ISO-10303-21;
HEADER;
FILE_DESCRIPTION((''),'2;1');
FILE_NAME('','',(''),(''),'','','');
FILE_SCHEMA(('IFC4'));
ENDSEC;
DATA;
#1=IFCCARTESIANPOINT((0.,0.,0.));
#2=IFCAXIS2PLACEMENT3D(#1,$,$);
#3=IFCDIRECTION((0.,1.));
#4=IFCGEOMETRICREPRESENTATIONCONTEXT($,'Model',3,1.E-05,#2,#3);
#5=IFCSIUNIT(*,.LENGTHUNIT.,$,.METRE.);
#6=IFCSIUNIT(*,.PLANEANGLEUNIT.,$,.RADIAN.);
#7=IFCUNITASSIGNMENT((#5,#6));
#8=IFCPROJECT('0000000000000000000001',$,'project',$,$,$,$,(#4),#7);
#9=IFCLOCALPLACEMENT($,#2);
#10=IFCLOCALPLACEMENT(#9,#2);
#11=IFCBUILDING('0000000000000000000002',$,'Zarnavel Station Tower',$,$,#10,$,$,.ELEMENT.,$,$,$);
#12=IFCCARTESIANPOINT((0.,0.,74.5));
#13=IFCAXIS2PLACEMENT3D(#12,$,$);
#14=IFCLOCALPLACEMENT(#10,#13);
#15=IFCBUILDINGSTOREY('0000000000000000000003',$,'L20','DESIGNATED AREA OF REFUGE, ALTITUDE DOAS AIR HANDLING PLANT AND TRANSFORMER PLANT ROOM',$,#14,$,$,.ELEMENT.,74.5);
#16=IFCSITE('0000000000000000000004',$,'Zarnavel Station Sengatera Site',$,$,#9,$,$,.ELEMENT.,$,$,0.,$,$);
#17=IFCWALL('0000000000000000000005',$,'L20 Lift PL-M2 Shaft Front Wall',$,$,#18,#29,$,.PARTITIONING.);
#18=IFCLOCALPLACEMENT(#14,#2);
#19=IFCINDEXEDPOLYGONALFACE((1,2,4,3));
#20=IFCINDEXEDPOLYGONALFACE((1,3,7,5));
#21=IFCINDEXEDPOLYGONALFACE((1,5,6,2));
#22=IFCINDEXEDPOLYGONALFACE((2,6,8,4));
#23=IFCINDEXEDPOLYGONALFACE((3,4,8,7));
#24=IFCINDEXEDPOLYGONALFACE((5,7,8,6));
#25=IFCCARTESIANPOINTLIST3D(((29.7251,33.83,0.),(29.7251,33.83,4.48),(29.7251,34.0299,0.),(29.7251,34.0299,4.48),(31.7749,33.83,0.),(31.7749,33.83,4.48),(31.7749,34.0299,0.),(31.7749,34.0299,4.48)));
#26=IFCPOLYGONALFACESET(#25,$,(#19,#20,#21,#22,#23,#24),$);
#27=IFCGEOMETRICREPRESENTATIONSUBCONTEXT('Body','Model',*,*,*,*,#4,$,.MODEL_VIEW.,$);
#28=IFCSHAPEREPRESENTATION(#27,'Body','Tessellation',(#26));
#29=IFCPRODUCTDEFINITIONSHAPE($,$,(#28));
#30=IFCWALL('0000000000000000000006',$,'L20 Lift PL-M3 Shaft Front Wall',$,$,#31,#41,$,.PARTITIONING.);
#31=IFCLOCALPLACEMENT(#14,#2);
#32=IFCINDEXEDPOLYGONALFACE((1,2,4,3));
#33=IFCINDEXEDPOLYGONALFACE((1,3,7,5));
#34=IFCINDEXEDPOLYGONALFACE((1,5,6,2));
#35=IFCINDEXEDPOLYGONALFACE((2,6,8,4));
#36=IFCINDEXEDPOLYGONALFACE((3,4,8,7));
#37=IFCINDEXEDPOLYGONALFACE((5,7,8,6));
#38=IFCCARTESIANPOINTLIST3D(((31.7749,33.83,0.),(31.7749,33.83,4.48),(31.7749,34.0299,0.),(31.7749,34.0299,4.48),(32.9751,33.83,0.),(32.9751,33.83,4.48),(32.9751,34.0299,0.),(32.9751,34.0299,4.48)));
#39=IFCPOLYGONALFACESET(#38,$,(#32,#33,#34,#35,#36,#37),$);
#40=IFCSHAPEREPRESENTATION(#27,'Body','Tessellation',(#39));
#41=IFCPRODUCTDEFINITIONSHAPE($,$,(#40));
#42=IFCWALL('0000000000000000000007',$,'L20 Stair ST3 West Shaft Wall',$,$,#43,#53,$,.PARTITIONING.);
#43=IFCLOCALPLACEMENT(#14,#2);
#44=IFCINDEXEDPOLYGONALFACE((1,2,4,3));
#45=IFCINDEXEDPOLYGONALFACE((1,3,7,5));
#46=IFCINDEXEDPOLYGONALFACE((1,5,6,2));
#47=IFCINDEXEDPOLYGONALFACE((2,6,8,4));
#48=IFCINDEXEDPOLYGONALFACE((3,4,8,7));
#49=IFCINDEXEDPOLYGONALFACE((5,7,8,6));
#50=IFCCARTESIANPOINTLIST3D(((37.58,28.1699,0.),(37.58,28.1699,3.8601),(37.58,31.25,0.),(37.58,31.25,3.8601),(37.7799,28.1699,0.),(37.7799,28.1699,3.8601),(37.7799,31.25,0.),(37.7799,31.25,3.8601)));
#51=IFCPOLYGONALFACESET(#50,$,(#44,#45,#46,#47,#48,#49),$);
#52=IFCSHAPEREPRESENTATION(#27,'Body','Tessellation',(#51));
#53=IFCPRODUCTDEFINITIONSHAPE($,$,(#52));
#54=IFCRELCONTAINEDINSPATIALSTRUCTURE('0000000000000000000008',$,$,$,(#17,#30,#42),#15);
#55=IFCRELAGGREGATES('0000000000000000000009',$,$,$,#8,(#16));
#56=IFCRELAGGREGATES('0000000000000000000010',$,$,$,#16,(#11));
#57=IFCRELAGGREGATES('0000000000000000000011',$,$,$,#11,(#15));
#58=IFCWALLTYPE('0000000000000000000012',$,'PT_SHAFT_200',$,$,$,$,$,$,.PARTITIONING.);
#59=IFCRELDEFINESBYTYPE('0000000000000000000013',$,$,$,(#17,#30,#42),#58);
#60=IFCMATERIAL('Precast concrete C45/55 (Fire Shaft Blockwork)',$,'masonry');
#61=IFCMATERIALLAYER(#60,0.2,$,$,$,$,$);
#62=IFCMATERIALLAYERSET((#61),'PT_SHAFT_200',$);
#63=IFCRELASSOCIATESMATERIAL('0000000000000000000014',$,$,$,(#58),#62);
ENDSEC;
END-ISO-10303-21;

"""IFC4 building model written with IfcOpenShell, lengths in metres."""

from ifc_helpers import new_model, si_unit, direction, frame, frame_2d, origin, place, context, subcontext, project, spatial, rectangle, extrude, material, layer, layer_set, type_object, element, save


model = new_model("IFC4")

# Units and contexts
model_context = context("Model", 3, precision=1e-05, world=origin(), true_north=direction((0.0, 1.0)))
body_context = subcontext(model_context, "Body", "Model", "MODEL_VIEW")
ifc_project = project(units=[si_unit("LENGTHUNIT", "METRE"), si_unit("PLANEANGLEUNIT", "RADIAN")], contexts=[model_context])

# Site, building, storey
site_placement = place(None, origin())
site = spatial("IfcSite", under=ifc_project, at=site_placement, Name="Zarnavel Station Sengatera Site", CompositionType="ELEMENT", RefElevation=0.0)
building_placement = place(site_placement, origin())
building = spatial("IfcBuilding", under=site, at=building_placement, Name="Zarnavel Station Tower", CompositionType="ELEMENT")
storey_placement = place(building_placement, frame((0.0, 0.0, 74.5)))
storey = spatial("IfcBuildingStorey", under=building, at=storey_placement, Name="L20", Description="DESIGNATED AREA OF REFUGE, ALTITUDE DOAS AIR HANDLING PLANT AND TRANSFORMER PLANT ROOM", CompositionType="ELEMENT", Elevation=74.5)

# Shared definitions
ifc_material_1 = material(Name="Precast concrete C45/55 (Fire Shaft Blockwork)", Category="masonry")
ifc_layer_1 = layer(ifc_material_1, 0.2)
ifc_layer_set_1 = layer_set([ifc_layer_1], Name="PT_SHAFT_200")
wall_type_1 = type_object("IfcWallType", Name="PT_SHAFT_200", PredefinedType="PARTITIONING", material=ifc_layer_set_1)

# Walls
wall_1_placement = place(storey_placement, frame((29.7251, 33.9299, 0.0), z_axis=(0.0, 0.0, 1.0), x_axis=(1.0, 0.0, 0.0)))
element("IfcWall", 1, at=wall_1_placement, inside=storey, type_object=wall_type_1, Name="L20 Lift PL-M2 Shaft Front Wall", PredefinedType="PARTITIONING", context=body_context, shape_type="SweptSolid", body=[
    extrude(rectangle(XDim=2.0498, YDim=0.2, at=frame_2d((1.0249, 0.0))), origin(), (0.0, 0.0, 1.0), 4.48),
])
wall_2_placement = place(storey_placement, frame((31.7749, 33.9299, 0.0), z_axis=(0.0, 0.0, 1.0), x_axis=(1.0, 0.0, 0.0)))
element("IfcWall", 2, at=wall_2_placement, inside=storey, type_object=wall_type_1, Name="L20 Lift PL-M3 Shaft Front Wall", PredefinedType="PARTITIONING", context=body_context, shape_type="SweptSolid", body=[
    extrude(rectangle(XDim=1.2002, YDim=0.2, at=frame_2d((0.6001, 0.0))), origin(), (0.0, 0.0, 1.0), 4.48),
])
wall_3_placement = place(storey_placement, frame((37.6799, 28.1699, 0.0), z_axis=(0.0, 0.0, 1.0), x_axis=(0.0, 1.0, 0.0)))
element("IfcWall", 3, at=wall_3_placement, inside=storey, type_object=wall_type_1, Name="L20 Stair ST3 West Shaft Wall", PredefinedType="PARTITIONING", context=body_context, shape_type="SweptSolid", body=[
    extrude(rectangle(XDim=3.0801, YDim=0.2, at=frame_2d((1.54, 0.0))), origin(), (0.0, 0.0, 1.0), 3.8601),
])

save(model, "model.ifc")
